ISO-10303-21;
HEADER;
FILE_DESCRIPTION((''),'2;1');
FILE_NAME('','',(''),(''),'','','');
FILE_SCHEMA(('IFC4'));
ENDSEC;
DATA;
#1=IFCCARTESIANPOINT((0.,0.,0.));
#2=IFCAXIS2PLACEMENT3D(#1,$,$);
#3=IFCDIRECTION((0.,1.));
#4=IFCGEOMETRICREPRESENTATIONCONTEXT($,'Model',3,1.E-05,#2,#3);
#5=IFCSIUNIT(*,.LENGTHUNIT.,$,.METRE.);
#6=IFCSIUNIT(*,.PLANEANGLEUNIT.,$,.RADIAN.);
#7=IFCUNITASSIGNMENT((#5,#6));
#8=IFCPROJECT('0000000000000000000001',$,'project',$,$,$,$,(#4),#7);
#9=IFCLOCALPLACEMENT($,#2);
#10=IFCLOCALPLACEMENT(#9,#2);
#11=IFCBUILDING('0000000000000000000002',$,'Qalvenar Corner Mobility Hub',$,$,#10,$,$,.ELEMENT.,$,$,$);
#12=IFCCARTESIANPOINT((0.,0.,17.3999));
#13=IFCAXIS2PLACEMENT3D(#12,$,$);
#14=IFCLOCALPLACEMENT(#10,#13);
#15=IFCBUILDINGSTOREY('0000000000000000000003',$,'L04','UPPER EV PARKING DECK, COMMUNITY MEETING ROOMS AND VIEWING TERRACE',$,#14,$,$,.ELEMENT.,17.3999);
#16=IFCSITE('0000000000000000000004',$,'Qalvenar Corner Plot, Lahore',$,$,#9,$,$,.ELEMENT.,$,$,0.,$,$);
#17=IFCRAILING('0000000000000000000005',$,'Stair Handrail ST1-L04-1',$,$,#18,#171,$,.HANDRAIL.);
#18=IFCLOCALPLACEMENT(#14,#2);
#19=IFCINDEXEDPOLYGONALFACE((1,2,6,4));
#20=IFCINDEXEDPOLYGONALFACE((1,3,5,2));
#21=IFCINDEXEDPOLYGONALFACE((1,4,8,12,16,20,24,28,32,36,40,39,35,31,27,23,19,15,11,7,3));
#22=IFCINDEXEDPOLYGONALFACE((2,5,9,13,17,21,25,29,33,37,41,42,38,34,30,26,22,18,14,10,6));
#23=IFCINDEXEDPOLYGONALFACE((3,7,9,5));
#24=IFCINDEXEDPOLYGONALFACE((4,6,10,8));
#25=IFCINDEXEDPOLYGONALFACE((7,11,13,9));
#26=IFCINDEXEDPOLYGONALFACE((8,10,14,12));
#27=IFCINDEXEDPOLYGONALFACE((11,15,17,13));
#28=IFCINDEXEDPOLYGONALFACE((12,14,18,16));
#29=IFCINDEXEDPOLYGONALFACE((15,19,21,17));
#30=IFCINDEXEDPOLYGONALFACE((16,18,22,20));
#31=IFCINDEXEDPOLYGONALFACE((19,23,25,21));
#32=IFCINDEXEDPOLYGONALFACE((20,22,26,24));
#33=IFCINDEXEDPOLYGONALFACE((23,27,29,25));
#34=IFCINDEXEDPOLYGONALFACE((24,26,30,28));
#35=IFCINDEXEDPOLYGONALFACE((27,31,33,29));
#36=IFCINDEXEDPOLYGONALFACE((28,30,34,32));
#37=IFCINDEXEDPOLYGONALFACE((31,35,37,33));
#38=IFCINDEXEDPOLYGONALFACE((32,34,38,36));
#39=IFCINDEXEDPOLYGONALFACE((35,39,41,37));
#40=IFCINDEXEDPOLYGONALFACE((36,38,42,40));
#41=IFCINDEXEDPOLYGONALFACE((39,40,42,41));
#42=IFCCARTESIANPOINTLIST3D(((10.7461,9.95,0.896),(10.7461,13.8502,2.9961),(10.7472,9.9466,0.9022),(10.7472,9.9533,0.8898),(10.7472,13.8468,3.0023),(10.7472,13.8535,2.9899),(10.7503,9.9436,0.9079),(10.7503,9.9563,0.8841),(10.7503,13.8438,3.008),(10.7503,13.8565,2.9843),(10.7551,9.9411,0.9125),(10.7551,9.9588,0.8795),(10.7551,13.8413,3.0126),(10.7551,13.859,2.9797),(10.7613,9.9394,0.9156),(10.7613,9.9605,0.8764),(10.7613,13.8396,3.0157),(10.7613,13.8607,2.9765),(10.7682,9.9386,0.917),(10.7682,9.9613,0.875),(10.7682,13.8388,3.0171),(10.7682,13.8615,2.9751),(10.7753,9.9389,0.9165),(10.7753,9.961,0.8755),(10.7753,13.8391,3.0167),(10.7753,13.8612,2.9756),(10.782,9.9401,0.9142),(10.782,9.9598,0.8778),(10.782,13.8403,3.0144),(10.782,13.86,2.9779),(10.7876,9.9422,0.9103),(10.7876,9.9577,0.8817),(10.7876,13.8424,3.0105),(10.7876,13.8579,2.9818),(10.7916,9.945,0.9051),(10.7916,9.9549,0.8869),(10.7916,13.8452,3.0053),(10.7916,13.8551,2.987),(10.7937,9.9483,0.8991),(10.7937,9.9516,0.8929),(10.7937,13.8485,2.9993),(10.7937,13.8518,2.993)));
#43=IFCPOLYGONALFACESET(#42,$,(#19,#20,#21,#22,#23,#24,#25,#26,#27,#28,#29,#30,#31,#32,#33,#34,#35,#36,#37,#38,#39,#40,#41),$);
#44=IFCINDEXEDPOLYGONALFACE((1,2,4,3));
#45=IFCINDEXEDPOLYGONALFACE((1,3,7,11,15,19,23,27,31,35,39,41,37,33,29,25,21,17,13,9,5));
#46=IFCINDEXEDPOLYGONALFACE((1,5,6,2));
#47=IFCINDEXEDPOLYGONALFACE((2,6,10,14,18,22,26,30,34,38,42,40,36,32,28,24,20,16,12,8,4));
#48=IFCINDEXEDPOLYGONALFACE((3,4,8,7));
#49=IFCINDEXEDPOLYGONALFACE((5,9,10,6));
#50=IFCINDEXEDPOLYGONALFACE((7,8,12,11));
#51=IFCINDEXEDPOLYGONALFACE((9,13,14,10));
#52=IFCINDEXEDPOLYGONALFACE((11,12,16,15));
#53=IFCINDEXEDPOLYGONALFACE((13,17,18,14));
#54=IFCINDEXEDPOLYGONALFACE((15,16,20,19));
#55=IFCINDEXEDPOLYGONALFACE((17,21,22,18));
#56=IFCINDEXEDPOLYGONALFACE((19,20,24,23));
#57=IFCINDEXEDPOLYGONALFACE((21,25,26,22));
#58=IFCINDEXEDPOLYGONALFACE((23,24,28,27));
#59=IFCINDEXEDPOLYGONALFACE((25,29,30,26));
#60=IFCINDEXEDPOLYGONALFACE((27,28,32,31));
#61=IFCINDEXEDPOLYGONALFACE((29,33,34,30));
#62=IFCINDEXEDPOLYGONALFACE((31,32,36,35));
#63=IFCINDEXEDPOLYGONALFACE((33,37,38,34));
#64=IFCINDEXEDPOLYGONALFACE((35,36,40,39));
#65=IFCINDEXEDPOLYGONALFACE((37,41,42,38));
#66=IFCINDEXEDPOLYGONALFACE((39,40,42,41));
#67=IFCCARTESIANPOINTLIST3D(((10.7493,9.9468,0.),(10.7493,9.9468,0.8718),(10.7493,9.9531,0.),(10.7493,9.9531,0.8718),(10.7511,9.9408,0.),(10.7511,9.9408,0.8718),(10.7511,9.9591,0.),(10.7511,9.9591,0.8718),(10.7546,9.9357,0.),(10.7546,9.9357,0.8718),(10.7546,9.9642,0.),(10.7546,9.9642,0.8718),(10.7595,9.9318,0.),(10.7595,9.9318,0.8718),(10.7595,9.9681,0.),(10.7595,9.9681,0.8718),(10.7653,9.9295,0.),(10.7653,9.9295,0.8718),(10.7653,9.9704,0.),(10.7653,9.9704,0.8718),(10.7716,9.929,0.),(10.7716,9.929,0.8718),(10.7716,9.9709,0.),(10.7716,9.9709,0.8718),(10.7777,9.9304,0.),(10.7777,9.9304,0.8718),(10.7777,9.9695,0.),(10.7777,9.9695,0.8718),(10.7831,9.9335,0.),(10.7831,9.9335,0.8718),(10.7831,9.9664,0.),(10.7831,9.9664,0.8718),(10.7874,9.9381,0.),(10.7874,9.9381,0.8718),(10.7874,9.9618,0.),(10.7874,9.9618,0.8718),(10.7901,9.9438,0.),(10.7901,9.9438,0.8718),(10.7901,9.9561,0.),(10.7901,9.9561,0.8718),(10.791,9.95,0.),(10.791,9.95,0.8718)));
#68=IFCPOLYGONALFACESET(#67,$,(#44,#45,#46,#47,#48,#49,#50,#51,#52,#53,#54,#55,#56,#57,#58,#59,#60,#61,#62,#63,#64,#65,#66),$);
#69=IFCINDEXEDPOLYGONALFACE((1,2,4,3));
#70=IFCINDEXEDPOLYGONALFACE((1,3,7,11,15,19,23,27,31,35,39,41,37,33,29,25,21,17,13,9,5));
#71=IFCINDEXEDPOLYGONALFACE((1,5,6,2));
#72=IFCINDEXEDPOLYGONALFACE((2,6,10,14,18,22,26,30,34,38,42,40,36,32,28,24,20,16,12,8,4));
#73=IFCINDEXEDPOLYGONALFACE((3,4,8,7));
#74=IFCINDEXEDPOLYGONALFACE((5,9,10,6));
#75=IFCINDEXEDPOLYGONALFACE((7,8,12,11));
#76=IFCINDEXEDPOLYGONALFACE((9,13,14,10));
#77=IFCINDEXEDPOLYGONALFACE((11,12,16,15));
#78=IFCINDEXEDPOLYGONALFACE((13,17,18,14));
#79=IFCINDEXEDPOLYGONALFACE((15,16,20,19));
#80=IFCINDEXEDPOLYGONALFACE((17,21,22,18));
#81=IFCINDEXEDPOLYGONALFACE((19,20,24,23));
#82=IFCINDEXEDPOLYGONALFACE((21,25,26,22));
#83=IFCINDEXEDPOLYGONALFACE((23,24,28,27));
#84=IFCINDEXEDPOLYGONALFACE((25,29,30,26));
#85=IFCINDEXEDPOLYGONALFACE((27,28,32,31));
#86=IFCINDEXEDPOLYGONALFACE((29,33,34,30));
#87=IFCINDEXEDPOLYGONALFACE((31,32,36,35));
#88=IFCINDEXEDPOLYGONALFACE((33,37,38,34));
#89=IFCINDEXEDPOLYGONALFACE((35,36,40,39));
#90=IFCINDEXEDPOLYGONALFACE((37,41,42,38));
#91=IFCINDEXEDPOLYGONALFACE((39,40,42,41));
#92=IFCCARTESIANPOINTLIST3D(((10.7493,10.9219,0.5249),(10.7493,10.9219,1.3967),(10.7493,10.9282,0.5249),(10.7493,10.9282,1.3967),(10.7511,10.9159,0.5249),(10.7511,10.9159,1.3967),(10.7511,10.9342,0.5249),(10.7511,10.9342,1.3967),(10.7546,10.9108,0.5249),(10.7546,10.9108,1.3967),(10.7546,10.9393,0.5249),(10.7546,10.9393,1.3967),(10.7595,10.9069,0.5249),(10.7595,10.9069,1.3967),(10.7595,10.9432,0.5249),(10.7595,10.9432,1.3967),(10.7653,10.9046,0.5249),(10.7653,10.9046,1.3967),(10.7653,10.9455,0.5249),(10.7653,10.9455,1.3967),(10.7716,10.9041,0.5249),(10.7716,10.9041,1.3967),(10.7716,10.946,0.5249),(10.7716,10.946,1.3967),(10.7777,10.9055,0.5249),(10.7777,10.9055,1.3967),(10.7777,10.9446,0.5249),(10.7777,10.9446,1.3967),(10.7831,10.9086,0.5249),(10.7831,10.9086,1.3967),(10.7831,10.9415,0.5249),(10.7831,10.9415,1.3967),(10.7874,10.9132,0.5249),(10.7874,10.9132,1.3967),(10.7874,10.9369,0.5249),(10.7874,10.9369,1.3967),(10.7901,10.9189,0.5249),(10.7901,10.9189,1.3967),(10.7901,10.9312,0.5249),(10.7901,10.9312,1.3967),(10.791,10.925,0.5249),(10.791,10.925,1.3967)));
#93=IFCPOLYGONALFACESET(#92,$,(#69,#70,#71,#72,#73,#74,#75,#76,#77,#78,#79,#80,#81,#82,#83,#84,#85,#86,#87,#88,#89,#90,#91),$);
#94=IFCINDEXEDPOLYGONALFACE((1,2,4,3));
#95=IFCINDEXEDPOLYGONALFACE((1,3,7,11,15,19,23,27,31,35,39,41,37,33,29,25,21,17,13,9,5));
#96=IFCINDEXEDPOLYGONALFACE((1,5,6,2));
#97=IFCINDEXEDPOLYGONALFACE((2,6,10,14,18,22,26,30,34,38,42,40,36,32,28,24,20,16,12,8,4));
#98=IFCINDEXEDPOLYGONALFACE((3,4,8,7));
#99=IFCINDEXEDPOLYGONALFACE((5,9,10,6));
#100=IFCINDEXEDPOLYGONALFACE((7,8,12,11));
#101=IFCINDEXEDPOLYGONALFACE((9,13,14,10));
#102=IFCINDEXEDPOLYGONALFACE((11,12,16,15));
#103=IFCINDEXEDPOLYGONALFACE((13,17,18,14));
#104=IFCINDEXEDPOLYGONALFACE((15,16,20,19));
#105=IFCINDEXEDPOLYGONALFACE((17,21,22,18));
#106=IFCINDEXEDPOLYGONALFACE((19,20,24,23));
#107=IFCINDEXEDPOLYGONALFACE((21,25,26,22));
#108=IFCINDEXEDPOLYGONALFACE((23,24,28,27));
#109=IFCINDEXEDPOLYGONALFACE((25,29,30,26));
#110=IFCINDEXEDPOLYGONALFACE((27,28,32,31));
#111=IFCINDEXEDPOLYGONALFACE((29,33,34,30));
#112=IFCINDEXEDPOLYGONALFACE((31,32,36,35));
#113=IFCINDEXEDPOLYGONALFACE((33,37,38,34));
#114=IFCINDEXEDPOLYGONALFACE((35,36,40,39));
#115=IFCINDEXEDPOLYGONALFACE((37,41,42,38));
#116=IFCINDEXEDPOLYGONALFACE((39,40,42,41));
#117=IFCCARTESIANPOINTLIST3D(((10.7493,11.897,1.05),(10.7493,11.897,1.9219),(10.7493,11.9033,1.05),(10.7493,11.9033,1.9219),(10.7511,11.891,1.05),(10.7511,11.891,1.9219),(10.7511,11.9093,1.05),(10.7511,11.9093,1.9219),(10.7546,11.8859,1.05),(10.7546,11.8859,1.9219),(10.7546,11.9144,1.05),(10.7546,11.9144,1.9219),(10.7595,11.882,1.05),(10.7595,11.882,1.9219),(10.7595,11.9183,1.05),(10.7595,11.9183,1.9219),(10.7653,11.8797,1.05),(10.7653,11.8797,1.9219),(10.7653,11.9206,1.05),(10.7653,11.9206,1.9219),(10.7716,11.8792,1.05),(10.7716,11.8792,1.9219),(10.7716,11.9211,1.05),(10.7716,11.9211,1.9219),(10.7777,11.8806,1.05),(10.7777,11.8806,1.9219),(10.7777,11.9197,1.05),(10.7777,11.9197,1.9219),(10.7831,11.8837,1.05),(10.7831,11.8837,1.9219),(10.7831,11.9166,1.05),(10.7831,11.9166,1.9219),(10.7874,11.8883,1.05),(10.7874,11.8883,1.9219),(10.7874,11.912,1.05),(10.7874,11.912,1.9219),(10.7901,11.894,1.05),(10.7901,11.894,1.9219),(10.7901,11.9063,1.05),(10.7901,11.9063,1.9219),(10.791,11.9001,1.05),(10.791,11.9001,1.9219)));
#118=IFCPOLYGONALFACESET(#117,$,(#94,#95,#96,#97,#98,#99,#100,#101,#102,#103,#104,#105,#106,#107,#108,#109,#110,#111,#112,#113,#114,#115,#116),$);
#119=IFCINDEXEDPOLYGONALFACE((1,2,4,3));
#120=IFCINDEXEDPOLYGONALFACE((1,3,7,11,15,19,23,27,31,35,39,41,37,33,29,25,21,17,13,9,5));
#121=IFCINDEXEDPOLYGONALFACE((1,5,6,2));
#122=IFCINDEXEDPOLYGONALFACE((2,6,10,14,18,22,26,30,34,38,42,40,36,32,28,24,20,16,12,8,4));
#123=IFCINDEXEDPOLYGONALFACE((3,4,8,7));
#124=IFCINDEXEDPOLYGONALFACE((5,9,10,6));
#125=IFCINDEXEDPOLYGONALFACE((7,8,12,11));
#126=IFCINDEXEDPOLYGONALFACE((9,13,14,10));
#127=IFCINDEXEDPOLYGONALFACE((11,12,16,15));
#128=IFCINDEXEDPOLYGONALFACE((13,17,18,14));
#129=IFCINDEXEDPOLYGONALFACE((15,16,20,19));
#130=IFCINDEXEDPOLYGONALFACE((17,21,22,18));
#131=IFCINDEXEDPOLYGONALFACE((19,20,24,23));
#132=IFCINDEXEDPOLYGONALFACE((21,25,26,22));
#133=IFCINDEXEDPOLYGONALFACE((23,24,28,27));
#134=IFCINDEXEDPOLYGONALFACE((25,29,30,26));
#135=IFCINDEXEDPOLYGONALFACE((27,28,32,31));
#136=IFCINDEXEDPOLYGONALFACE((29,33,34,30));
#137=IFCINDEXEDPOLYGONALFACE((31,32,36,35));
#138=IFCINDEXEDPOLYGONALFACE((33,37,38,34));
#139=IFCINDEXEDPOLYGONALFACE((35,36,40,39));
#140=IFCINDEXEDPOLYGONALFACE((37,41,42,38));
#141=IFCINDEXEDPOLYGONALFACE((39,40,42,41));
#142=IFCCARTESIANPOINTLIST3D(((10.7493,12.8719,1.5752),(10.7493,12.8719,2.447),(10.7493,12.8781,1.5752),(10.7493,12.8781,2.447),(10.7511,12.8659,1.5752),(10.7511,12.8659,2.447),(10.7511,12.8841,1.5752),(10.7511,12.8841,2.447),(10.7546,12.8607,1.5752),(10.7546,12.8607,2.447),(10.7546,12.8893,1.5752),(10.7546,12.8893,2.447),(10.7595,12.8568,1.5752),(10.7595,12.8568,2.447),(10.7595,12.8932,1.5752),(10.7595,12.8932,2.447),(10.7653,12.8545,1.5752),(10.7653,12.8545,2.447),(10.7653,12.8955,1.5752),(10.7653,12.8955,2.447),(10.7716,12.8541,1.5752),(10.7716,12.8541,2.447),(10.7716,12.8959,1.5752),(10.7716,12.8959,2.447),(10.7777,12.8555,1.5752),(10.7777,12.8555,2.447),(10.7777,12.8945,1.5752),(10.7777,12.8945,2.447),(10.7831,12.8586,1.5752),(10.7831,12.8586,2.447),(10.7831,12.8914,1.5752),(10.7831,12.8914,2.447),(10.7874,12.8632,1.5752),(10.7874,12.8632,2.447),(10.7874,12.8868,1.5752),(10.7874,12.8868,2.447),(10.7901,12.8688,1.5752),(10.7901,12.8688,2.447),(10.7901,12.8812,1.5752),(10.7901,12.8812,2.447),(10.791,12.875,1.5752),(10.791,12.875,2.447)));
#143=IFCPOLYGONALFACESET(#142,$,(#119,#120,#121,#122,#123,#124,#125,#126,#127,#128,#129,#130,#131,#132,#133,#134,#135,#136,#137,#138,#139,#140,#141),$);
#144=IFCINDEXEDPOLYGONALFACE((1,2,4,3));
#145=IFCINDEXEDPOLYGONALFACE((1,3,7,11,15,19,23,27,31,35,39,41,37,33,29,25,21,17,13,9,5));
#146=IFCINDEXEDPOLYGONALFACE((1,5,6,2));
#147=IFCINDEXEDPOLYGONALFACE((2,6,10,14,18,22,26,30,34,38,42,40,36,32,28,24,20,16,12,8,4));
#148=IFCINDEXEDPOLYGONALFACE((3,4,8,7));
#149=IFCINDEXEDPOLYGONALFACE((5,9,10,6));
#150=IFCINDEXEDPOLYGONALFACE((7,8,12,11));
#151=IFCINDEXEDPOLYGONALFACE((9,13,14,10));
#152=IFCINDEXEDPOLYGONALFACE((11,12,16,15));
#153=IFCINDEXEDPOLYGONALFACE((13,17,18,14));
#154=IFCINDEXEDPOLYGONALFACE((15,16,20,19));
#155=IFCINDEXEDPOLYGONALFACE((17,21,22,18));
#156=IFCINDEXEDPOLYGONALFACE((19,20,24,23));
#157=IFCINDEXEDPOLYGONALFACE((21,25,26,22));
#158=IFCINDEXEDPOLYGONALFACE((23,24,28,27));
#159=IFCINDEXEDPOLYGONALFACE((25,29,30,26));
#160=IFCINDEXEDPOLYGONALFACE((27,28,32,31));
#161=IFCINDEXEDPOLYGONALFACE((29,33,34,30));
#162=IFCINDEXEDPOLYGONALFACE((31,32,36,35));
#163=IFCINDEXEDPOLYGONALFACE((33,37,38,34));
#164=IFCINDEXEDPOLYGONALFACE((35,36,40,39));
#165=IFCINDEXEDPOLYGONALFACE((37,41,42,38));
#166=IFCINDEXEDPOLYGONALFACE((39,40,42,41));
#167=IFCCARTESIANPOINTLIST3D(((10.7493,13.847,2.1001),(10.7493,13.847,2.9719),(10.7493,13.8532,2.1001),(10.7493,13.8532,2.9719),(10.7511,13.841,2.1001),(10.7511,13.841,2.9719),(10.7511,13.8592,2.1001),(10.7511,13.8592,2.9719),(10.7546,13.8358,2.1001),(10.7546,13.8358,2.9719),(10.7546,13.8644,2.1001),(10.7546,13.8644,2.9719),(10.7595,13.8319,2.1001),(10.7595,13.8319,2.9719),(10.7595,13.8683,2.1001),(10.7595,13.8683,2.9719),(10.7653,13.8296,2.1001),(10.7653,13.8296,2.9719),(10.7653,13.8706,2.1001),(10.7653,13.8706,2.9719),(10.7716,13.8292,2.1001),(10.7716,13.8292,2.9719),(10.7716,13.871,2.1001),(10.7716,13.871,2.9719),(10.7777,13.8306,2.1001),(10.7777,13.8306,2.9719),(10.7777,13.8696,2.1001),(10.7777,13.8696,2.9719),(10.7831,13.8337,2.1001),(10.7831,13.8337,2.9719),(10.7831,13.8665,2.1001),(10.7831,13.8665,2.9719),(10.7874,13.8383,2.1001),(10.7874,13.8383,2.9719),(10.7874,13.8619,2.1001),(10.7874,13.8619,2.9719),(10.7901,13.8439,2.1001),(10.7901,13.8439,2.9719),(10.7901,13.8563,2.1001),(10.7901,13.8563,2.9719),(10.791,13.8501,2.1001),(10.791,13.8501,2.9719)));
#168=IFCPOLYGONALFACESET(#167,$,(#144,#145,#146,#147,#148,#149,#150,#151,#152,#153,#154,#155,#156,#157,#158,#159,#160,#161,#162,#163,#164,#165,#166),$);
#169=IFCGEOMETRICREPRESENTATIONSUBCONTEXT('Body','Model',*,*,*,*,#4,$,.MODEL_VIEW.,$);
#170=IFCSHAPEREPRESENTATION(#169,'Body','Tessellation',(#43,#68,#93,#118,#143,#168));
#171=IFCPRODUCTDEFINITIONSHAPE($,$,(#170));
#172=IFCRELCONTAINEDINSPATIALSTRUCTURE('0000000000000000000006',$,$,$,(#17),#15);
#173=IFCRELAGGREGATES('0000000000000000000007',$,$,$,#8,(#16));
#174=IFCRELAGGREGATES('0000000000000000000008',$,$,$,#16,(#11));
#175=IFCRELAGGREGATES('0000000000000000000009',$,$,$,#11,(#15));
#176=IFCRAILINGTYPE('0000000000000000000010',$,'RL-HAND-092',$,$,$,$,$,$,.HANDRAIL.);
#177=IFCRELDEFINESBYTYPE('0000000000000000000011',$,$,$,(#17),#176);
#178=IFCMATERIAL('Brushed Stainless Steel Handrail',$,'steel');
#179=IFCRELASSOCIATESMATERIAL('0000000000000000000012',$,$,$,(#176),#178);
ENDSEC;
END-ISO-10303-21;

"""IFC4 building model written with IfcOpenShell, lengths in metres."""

from ifc_helpers import new_model, si_unit, direction, frame, origin, origin_2d, place, context, subcontext, project, spatial, circle, extrude, material, type_object, element, save


model = new_model("IFC4")

# Units and contexts
model_context = context("Model", 3, precision=1e-05, world=origin(), true_north=direction((0.0, 1.0)))
body_context = subcontext(model_context, "Body", "Model", "MODEL_VIEW")
ifc_project = project(units=[si_unit("LENGTHUNIT", "METRE"), si_unit("PLANEANGLEUNIT", "RADIAN")], contexts=[model_context])

# Site, building, storey
site_placement = place(None, origin())
site = spatial("IfcSite", under=ifc_project, at=site_placement, Name="Qalvenar Corner Plot, Lahore", CompositionType="ELEMENT", RefElevation=0.0)
building_placement = place(site_placement, origin())
building = spatial("IfcBuilding", under=site, at=building_placement, Name="Qalvenar Corner Mobility Hub", CompositionType="ELEMENT")
storey_placement = place(building_placement, frame((0.0, 0.0, 17.3999)))
storey = spatial("IfcBuildingStorey", under=building, at=storey_placement, Name="L04", Description="UPPER EV PARKING DECK, COMMUNITY MEETING ROOMS AND VIEWING TERRACE", CompositionType="ELEMENT", Elevation=17.3999)

# Railing
ifc_material_1 = material(Name="Brushed Stainless Steel Handrail", Category="steel")
railing_type_1 = type_object("IfcRailingType", Name="RL-HAND-092", PredefinedType="HANDRAIL", material=ifc_material_1)
railing_1_placement = place(storey_placement, frame((10.77, 9.95, 0.0)))
element("IfcRailing", 1, at=railing_1_placement, inside=storey, type_object=railing_type_1, Name="Stair Handrail ST1-L04-1", PredefinedType="HANDRAIL", context=body_context, shape_type="SweptSolid", body=[
    extrude(circle(Radius=0.0239, at=origin_2d()), frame((0.0, 0.0, 0.896), z_axis=(0.0, 0.880469, 0.474103), x_axis=(-1.0, 0.0, 0.0)), (0.0, 0.0, 1.0), 4.4297),
    extrude(circle(Radius=0.021, at=origin_2d()), origin(), (0.0, 0.0, 1.0), 0.8718),
    extrude(circle(Radius=0.021, at=origin_2d()), frame((0.0, 0.9751, 0.5249)), (0.0, 0.0, 1.0), 0.8718),
    extrude(circle(Radius=0.021, at=origin_2d()), frame((0.0, 1.9502, 1.05)), (0.0, 0.0, 1.0), 0.8718),
    extrude(circle(Radius=0.021, at=origin_2d()), frame((0.0, 2.925, 1.5752)), (0.0, 0.0, 1.0), 0.8718),
    extrude(circle(Radius=0.021, at=origin_2d()), frame((0.0, 3.9001, 2.1001)), (0.0, 0.0, 1.0), 0.8718),
])

save(model, "model.ifc")
